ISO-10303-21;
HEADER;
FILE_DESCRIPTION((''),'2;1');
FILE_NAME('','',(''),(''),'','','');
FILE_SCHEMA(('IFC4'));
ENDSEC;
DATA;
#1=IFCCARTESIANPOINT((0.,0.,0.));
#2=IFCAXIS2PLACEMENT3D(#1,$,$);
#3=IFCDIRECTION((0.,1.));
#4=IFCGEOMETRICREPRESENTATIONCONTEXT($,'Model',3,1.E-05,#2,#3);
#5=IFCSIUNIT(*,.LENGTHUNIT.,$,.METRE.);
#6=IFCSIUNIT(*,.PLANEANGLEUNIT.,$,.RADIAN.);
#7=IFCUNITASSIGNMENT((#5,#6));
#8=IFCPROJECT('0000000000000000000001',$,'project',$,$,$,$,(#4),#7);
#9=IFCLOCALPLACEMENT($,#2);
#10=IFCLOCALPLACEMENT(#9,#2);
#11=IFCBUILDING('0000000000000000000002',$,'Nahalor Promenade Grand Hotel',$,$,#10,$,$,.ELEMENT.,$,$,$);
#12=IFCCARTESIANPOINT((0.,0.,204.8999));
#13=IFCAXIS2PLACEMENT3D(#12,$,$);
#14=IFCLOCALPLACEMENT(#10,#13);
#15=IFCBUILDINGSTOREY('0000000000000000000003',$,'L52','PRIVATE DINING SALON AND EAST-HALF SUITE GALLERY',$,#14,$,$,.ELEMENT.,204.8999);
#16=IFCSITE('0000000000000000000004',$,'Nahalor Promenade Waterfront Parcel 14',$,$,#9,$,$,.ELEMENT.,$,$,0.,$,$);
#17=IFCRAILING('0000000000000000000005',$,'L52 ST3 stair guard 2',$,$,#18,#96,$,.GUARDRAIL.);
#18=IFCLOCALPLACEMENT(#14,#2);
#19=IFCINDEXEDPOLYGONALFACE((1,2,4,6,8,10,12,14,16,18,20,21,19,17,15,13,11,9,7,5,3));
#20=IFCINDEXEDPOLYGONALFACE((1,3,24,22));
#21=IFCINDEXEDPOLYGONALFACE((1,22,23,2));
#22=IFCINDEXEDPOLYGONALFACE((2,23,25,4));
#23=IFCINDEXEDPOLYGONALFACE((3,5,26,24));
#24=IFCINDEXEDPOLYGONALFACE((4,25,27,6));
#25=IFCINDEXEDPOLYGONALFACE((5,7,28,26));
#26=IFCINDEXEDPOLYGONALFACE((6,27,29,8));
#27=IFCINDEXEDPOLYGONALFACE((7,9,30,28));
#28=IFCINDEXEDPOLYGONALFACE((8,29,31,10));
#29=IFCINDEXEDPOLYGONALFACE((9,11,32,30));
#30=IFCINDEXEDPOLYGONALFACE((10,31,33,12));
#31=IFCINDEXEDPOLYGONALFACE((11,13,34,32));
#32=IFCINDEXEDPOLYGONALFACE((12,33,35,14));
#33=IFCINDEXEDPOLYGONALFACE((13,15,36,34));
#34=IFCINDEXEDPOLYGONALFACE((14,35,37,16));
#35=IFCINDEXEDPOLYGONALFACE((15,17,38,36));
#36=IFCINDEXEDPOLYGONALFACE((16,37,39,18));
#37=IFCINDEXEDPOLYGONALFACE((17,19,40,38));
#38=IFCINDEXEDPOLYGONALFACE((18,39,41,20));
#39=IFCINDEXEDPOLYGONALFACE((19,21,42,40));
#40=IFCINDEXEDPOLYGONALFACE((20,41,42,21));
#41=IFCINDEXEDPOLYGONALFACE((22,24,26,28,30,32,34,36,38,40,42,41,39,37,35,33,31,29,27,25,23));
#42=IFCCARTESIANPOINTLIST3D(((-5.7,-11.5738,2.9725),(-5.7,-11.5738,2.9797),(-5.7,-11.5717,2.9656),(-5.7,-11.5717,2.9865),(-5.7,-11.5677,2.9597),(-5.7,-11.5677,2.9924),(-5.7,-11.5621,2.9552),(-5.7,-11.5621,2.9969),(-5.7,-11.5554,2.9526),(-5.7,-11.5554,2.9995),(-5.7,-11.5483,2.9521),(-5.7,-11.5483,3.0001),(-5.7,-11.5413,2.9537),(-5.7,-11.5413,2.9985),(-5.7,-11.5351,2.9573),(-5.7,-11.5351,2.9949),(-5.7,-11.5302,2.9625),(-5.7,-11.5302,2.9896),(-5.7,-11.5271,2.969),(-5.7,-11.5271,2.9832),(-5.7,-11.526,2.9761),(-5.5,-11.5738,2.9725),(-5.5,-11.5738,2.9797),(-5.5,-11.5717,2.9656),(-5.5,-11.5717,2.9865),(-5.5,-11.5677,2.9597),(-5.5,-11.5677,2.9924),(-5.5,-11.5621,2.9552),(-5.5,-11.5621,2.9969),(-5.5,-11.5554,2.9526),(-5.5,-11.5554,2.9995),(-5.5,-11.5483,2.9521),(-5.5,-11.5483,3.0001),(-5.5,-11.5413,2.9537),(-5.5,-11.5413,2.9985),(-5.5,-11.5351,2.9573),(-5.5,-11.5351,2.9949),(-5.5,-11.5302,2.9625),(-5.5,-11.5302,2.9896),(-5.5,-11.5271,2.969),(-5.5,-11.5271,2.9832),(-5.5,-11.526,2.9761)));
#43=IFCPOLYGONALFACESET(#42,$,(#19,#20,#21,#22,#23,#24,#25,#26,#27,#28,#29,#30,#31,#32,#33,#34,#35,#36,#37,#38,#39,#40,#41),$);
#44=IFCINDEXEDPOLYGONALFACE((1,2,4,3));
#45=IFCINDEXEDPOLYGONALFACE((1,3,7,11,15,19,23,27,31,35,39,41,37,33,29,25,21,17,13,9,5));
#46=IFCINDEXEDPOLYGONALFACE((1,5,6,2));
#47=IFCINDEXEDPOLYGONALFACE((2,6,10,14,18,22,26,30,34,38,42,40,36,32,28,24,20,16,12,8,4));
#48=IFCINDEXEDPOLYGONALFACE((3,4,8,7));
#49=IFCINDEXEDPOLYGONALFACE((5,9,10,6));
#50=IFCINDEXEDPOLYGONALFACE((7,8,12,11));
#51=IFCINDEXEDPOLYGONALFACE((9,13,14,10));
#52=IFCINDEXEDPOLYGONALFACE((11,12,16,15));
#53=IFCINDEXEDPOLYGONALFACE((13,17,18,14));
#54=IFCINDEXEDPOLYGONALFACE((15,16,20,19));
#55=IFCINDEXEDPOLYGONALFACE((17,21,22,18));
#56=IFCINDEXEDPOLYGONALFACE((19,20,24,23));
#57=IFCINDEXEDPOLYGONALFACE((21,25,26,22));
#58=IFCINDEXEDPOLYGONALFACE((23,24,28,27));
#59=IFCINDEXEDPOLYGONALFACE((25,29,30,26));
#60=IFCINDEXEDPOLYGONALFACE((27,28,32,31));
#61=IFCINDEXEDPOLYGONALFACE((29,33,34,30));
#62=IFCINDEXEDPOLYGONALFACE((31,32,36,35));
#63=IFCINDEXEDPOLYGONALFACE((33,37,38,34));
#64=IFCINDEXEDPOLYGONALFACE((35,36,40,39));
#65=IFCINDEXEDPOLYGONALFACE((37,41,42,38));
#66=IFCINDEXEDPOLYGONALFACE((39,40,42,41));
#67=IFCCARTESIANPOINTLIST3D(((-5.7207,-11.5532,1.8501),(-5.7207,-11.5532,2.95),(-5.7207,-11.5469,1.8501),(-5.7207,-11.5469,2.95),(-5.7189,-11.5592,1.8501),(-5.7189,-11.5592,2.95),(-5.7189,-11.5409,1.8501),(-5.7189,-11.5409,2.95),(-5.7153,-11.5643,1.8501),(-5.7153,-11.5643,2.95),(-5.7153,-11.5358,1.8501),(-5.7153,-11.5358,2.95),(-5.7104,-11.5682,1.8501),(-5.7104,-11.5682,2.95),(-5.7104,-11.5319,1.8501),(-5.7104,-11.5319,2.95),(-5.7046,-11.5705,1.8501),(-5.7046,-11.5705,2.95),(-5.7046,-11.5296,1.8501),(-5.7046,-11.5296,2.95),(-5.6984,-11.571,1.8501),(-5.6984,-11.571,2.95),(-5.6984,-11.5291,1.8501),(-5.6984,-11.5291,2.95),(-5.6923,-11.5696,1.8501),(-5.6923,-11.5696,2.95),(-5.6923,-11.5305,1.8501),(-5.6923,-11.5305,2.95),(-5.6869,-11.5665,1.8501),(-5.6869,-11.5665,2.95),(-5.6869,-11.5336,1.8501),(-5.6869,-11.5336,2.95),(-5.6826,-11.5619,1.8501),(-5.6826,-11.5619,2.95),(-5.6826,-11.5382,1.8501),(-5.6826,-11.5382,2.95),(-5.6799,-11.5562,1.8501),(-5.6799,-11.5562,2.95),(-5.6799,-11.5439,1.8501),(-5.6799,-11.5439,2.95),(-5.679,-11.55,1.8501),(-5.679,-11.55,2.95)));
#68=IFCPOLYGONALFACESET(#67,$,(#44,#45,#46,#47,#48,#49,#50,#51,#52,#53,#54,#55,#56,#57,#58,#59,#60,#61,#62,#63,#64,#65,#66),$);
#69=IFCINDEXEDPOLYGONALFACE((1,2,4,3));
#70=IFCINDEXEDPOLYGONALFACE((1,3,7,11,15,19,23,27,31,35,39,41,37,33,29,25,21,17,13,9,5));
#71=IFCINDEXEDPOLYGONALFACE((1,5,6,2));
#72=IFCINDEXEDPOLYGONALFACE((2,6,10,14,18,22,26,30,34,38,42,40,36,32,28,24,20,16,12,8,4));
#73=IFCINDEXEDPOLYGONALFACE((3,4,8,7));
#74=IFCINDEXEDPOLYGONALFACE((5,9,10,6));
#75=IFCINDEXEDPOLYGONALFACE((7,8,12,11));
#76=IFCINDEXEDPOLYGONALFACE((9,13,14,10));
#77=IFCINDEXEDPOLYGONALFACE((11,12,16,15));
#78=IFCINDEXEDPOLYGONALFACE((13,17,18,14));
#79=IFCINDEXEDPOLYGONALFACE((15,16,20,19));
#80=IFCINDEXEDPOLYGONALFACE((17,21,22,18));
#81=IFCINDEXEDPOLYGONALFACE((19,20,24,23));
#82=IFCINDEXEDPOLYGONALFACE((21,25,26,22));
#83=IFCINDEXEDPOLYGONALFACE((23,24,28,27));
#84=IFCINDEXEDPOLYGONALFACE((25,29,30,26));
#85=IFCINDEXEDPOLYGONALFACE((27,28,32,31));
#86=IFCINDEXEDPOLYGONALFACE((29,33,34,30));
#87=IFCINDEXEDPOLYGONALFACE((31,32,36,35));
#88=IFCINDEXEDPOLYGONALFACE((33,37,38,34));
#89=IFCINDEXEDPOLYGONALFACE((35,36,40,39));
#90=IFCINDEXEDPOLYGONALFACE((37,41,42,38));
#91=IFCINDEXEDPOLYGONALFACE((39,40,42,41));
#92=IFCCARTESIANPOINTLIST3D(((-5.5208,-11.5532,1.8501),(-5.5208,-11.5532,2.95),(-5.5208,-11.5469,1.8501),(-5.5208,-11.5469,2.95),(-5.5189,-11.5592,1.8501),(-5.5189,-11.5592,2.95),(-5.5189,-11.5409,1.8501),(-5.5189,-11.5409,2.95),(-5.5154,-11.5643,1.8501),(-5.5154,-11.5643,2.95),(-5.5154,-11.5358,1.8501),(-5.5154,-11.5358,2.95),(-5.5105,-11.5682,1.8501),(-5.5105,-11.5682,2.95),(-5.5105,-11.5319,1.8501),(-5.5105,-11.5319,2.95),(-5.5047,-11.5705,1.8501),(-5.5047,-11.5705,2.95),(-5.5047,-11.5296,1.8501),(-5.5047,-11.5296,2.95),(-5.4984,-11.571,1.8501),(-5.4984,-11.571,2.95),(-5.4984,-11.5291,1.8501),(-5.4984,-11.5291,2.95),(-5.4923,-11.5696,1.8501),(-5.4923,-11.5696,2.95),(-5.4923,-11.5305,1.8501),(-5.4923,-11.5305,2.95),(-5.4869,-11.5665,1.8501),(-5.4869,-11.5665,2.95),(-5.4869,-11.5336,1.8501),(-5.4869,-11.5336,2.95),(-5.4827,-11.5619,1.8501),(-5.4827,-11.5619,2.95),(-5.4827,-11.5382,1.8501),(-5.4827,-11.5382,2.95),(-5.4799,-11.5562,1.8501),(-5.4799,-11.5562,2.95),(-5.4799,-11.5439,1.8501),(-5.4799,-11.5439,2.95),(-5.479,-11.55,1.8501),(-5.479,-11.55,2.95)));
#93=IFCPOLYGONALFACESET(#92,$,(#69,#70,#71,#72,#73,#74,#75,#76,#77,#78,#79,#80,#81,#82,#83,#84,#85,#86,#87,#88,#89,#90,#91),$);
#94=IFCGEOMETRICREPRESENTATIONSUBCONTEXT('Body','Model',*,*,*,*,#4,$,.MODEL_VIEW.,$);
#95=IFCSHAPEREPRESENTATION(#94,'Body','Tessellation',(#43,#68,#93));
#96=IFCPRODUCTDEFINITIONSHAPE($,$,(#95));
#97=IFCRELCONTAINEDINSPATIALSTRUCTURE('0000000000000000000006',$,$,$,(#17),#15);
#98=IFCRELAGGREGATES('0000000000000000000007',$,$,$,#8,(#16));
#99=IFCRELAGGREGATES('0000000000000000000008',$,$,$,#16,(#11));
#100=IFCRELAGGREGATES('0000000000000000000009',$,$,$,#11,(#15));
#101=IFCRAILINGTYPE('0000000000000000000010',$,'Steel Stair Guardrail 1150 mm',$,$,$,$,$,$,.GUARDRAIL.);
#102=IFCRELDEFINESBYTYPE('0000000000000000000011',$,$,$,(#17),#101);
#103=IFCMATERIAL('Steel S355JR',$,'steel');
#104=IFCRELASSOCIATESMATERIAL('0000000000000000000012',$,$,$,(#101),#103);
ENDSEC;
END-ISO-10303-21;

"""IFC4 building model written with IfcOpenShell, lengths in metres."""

from ifc_helpers import new_model, si_unit, direction, frame, origin, origin_2d, place, context, subcontext, project, spatial, circle, extrude, material, type_object, element, save


model = new_model("IFC4")

# Units and contexts
model_context = context("Model", 3, precision=1e-05, world=origin(), true_north=direction((0.0, 1.0)))
body_context = subcontext(model_context, "Body", "Model", "MODEL_VIEW")
ifc_project = project(units=[si_unit("LENGTHUNIT", "METRE"), si_unit("PLANEANGLEUNIT", "RADIAN")], contexts=[model_context])

# Site, building, storey
site_placement = place(None, origin())
site = spatial("IfcSite", under=ifc_project, at=site_placement, Name="Nahalor Promenade Waterfront Parcel 14", CompositionType="ELEMENT", RefElevation=0.0)
building_placement = place(site_placement, origin())
building = spatial("IfcBuilding", under=site, at=building_placement, Name="Nahalor Promenade Grand Hotel", CompositionType="ELEMENT")
storey_placement = place(building_placement, frame((0.0, 0.0, 204.8999)))
storey = spatial("IfcBuildingStorey", under=building, at=storey_placement, Name="L52", Description="PRIVATE DINING SALON AND EAST-HALF SUITE GALLERY", CompositionType="ELEMENT", Elevation=204.8999)

# Shared definitions
ifc_material_1 = material(Name="Steel S355JR", Category="steel")

# Railing
railing_type_1 = type_object("IfcRailingType", Name="Steel Stair Guardrail 1150 mm", PredefinedType="GUARDRAIL", material=ifc_material_1)
railing_1_placement = place(storey_placement, frame((-5.7, -11.55, 1.8501)))
element("IfcRailing", 1, at=railing_1_placement, inside=storey, type_object=railing_type_1, Name="L52 ST3 stair guard 2", PredefinedType="GUARDRAIL", context=body_context, shape_type="SweptSolid", body=[
    extrude(circle(Radius=0.024, at=origin_2d()), frame((0.0, 0.0, 1.126), z_axis=(1.0, 0.0, 0.0), x_axis=(0.0, 1.0, 0.0)), (0.0, 0.0, 1.0), 0.2),
    extrude(circle(Radius=0.021, at=origin_2d()), origin(), (0.0, 0.0, 1.0), 1.0999),
    extrude(circle(Radius=0.021, at=origin_2d()), frame((0.2, 0.0, 0.0)), (0.0, 0.0, 1.0), 1.0999),
])

save(model, "model.ifc")
